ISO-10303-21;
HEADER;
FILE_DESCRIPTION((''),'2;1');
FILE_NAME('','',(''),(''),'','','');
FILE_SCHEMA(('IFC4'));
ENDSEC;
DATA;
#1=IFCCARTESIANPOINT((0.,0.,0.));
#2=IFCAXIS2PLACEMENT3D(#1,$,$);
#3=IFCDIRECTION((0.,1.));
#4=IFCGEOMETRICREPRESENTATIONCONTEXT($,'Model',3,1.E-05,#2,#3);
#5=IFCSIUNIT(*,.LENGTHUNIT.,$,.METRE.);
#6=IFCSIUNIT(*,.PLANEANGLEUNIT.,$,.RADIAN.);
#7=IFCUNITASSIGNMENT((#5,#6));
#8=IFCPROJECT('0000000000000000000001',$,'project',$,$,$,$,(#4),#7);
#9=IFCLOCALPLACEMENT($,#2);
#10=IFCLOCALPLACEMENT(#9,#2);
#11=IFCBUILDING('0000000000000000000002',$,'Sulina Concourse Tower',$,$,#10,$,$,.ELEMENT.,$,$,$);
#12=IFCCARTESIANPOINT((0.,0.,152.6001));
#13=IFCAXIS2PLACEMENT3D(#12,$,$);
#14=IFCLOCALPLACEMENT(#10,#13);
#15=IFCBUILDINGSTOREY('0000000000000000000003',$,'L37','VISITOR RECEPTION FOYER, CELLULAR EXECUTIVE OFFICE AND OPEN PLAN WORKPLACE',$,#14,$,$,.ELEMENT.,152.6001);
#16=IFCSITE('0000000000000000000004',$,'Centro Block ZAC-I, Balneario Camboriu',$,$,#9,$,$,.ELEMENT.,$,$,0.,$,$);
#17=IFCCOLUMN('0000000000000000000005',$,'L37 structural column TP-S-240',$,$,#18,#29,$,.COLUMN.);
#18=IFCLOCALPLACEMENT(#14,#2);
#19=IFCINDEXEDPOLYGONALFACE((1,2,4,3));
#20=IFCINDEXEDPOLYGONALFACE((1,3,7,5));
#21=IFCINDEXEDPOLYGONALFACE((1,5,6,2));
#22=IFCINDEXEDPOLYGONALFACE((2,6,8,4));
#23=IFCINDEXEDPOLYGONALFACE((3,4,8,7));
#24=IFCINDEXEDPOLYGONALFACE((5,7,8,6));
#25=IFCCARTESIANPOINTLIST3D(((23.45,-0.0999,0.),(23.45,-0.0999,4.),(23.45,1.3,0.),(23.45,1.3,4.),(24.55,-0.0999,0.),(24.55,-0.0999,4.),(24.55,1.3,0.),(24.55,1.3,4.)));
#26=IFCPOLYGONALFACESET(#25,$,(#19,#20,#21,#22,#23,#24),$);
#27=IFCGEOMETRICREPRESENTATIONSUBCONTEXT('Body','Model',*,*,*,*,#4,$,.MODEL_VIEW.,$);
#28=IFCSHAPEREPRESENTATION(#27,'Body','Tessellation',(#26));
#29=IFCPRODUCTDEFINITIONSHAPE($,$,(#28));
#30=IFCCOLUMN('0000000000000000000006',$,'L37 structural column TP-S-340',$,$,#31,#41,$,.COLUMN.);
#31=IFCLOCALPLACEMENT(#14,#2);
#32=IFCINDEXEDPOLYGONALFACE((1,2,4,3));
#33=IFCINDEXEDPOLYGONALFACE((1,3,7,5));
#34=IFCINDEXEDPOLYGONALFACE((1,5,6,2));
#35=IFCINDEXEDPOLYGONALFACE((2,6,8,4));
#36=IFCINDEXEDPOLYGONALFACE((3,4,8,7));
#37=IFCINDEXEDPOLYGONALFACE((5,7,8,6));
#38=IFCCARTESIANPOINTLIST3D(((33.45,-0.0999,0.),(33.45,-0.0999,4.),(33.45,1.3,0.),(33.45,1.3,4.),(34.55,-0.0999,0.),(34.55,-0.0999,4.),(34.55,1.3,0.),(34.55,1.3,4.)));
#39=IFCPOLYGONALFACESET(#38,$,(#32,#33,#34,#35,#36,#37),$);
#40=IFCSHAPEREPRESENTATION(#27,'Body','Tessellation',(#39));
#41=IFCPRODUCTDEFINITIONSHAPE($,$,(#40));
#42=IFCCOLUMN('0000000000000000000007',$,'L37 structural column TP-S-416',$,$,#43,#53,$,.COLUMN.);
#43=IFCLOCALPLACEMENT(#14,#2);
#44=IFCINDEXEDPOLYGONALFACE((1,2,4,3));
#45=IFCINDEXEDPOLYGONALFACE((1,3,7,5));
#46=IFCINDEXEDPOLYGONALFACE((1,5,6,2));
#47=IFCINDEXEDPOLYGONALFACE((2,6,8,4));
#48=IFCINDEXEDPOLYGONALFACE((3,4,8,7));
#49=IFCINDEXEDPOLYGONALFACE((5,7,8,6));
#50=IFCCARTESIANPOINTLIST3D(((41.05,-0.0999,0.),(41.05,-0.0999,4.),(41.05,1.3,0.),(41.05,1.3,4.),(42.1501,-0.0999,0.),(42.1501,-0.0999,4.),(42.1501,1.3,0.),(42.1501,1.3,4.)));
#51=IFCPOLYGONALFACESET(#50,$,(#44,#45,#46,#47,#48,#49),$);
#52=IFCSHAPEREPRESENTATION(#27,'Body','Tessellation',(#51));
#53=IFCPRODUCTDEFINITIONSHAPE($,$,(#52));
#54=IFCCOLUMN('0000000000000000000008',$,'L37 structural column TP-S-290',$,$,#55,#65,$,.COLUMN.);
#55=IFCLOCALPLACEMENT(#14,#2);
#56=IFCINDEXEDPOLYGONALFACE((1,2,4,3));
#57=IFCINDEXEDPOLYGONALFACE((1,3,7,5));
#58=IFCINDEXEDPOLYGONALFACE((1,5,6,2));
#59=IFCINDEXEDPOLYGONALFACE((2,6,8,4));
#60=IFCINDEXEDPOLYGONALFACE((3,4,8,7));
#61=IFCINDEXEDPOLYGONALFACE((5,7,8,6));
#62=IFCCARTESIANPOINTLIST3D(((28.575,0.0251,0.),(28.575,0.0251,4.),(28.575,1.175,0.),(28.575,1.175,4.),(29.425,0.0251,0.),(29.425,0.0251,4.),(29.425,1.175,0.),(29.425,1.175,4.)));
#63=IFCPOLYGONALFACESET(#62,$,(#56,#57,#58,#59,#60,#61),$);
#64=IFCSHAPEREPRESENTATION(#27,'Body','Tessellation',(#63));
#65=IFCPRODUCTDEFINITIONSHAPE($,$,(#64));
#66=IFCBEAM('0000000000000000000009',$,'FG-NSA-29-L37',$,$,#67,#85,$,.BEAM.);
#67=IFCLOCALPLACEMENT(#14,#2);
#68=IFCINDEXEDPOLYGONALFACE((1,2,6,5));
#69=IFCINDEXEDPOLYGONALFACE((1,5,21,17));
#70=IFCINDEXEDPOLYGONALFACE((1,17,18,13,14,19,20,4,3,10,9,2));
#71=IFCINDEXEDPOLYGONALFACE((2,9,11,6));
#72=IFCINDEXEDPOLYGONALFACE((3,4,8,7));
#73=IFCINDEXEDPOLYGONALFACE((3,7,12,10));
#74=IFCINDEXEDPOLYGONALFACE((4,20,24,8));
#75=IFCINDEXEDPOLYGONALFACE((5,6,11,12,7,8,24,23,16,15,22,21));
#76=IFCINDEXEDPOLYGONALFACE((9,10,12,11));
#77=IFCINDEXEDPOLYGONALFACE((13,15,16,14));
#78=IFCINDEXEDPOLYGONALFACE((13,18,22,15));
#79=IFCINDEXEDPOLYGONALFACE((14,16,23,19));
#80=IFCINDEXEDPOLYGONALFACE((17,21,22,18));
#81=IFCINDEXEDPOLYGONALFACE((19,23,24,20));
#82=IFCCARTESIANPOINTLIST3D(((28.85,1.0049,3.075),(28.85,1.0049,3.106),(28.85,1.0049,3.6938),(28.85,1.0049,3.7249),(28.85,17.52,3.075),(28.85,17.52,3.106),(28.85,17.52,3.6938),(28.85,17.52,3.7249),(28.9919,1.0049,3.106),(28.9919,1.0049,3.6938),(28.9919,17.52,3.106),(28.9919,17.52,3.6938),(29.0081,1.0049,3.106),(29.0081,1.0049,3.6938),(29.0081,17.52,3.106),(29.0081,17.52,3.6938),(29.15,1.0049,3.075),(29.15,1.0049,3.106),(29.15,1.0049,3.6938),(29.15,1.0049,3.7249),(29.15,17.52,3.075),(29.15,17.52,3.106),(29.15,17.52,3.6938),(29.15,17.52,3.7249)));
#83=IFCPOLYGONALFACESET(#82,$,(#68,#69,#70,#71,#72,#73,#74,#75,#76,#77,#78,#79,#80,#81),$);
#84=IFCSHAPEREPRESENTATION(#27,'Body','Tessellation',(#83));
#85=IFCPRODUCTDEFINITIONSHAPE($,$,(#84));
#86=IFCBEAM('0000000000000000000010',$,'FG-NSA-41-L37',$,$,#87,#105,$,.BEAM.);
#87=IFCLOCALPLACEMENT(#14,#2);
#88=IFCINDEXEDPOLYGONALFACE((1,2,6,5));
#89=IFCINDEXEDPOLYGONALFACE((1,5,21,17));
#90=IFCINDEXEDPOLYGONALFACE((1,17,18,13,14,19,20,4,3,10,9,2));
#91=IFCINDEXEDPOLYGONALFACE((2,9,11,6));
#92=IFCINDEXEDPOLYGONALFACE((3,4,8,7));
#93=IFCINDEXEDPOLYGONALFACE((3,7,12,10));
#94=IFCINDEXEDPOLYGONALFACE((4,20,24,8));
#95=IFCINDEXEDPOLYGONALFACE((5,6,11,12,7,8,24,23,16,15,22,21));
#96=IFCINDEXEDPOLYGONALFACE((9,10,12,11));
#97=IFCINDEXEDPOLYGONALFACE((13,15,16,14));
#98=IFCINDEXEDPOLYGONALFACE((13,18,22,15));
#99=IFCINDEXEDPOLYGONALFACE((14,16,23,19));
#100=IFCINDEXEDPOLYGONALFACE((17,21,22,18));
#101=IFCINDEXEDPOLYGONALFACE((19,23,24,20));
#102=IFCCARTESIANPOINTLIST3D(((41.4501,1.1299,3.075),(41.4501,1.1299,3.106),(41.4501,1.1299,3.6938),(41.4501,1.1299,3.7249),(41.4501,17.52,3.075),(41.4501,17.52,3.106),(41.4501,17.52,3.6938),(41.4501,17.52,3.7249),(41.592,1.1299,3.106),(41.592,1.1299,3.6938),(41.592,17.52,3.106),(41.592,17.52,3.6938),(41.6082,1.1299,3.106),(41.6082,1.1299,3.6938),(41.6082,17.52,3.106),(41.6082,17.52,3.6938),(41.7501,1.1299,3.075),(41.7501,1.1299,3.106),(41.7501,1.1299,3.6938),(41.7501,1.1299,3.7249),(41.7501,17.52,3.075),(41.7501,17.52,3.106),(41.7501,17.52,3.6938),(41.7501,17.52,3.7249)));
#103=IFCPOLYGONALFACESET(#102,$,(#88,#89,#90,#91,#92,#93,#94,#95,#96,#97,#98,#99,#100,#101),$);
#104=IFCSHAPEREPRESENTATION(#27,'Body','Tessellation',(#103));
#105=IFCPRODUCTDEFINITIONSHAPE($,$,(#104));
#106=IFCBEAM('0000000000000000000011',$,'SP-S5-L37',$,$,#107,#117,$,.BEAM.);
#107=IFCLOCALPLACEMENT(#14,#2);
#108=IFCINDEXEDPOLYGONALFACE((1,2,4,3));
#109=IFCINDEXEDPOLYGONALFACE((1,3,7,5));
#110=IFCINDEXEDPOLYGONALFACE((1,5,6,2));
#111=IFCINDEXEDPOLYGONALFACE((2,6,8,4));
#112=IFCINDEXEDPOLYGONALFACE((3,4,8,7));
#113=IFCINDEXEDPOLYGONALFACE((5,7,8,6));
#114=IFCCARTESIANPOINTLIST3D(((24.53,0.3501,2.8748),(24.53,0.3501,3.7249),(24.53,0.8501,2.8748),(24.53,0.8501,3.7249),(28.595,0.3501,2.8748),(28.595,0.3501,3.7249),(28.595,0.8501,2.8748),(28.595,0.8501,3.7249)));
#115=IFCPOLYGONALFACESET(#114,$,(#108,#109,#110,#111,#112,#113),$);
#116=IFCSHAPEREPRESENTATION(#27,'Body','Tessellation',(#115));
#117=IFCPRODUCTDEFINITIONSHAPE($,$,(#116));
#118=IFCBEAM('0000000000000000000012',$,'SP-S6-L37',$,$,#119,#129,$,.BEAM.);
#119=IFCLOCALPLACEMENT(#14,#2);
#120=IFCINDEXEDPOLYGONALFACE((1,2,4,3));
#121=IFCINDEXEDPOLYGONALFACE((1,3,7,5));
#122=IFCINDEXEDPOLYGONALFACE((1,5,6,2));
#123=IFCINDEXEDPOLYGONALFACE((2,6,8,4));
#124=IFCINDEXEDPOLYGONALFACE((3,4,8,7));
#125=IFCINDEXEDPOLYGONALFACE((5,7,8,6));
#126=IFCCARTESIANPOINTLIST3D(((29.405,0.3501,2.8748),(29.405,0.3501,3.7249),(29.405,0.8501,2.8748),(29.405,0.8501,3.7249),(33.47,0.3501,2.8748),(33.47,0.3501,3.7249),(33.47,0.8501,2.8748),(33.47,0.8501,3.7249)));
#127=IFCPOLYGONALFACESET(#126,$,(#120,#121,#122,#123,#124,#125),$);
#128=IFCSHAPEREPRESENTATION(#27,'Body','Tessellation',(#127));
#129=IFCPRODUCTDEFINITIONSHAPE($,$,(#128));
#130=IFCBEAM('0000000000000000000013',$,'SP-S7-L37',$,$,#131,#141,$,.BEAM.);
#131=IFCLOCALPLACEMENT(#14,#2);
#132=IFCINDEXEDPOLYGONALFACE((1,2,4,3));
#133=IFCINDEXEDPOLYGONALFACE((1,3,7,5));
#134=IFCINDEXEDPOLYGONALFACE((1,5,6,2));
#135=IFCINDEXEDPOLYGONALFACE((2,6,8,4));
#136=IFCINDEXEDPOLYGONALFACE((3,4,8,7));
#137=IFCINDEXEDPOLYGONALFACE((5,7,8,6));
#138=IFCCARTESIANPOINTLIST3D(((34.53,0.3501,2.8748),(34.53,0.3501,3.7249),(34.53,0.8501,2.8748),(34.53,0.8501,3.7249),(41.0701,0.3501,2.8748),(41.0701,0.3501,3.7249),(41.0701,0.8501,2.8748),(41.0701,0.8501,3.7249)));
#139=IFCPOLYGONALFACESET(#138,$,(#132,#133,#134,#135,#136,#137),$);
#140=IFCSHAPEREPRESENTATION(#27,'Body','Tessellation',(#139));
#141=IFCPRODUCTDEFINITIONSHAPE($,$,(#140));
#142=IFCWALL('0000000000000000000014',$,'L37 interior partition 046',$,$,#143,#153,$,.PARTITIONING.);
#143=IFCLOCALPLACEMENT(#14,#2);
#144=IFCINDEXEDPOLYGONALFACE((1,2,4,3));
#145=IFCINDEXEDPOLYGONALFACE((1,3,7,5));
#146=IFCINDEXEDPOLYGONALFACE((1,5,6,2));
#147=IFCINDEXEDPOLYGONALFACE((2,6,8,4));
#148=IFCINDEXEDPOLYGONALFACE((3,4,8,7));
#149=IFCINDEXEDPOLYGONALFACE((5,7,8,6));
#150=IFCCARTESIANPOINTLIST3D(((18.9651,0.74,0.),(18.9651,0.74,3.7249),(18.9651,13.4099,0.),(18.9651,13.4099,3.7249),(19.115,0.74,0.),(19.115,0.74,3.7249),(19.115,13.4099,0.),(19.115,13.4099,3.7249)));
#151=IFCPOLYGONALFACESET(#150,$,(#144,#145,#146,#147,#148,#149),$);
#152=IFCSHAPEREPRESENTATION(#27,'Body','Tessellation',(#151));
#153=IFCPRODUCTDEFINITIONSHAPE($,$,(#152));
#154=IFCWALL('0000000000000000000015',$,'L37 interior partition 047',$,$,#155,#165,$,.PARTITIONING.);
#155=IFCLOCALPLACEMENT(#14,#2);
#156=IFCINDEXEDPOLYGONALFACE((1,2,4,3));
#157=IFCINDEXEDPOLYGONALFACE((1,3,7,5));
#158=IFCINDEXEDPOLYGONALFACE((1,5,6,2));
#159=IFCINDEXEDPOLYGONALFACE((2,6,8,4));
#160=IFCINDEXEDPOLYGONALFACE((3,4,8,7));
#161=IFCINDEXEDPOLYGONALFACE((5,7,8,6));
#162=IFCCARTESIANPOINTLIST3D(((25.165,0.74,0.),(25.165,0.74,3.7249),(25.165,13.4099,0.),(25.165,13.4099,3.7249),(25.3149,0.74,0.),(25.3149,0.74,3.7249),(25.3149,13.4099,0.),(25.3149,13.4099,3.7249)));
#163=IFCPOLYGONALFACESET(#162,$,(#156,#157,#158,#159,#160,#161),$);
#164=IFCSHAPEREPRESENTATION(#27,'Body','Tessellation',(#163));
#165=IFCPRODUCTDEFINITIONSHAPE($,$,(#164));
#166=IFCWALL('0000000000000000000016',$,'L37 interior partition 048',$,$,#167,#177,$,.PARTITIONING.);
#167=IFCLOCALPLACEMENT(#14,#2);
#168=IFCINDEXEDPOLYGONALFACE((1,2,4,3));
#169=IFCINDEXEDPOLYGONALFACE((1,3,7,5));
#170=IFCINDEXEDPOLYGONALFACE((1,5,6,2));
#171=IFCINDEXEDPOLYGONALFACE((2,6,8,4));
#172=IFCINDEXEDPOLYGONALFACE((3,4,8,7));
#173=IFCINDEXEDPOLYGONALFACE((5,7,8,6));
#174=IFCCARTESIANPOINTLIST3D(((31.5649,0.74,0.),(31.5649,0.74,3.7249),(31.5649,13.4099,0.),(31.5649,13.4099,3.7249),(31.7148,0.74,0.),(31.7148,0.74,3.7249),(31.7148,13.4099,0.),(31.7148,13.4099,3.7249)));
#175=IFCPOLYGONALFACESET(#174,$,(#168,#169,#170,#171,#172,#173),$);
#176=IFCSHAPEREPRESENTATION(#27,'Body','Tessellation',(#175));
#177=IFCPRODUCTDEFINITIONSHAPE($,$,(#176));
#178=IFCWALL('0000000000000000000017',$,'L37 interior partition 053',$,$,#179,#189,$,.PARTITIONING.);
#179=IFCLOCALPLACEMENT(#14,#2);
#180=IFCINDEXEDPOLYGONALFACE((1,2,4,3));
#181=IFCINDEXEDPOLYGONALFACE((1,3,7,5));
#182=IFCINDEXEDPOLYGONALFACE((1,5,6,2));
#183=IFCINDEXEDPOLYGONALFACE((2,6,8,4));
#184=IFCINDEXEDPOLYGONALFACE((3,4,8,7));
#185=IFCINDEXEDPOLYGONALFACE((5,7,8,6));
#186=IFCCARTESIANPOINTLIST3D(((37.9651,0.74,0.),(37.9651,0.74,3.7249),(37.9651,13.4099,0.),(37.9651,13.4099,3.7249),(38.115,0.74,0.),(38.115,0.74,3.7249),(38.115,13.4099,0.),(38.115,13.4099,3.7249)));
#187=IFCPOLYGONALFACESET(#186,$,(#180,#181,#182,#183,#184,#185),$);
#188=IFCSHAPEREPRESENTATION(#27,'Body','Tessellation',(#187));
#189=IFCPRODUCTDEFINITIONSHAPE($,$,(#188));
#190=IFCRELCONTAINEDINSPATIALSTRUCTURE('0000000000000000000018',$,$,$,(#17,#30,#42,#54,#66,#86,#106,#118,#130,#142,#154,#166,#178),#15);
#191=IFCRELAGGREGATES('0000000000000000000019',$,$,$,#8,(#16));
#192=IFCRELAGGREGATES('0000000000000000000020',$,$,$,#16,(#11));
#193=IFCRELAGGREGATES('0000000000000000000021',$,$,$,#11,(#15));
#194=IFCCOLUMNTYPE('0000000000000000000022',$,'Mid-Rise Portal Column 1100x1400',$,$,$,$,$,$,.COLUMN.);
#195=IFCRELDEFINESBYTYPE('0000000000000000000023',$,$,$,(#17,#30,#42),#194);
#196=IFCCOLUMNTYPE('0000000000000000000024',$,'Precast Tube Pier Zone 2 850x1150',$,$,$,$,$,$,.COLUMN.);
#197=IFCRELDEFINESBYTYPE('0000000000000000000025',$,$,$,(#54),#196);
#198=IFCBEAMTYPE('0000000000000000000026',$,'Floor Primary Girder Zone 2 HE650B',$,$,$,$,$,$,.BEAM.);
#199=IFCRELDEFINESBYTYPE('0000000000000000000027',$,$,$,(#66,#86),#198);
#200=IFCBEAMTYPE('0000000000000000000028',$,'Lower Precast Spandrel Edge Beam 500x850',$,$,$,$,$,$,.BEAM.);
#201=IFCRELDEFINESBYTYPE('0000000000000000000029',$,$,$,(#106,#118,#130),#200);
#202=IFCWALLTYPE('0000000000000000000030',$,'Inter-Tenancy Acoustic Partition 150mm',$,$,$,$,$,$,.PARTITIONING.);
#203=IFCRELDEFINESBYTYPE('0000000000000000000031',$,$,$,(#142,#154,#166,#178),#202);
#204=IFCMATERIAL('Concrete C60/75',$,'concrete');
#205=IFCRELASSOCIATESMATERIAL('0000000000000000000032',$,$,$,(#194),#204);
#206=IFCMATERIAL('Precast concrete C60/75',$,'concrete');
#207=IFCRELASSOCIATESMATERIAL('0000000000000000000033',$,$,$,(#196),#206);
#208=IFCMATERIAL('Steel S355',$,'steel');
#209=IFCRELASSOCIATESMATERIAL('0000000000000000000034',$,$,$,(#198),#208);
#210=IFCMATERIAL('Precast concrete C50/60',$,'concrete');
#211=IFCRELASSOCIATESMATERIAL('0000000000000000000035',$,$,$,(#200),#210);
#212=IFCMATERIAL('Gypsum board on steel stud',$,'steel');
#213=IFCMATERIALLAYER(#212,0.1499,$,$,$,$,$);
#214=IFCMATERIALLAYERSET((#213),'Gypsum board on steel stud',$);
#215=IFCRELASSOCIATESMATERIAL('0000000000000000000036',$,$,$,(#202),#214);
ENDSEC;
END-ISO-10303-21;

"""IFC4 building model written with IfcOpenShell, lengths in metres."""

from ifc_helpers import new_model, si_unit, direction, frame, frame_2d, origin, origin_2d, place, context, subcontext, project, spatial, rectangle, i_section, extrude, material, layer, layer_set, material_profile, profile_set, type_object, element, save


model = new_model("IFC4")

# Units and contexts
model_context = context("Model", 3, precision=1e-05, world=origin(), true_north=direction((0.0, 1.0)))
body_context = subcontext(model_context, "Body", "Model", "MODEL_VIEW")
ifc_project = project(units=[si_unit("LENGTHUNIT", "METRE"), si_unit("PLANEANGLEUNIT", "RADIAN")], contexts=[model_context])

# Site, building, storey
site_placement = place(None, origin())
site = spatial("IfcSite", under=ifc_project, at=site_placement, Name="Centro Block ZAC-I, Balneario Camboriu", CompositionType="ELEMENT", RefElevation=0.0)
building_placement = place(site_placement, origin())
building = spatial("IfcBuilding", under=site, at=building_placement, Name="Sulina Concourse Tower", CompositionType="ELEMENT")
storey_placement = place(building_placement, frame((0.0, 0.0, 152.6001)))
storey = spatial("IfcBuildingStorey", under=building, at=storey_placement, Name="L37", Description="VISITOR RECEPTION FOYER, CELLULAR EXECUTIVE OFFICE AND OPEN PLAN WORKPLACE", CompositionType="ELEMENT", Elevation=152.6001)

# Columns
ifc_material_1 = material(Name="Concrete C60/75", Category="concrete")
ifc_material_profile_1 = material_profile(ifc_material_1, rectangle(XDim=1.1001, YDim=1.3999, at=origin_2d()), Name="RC 1100x1400")
ifc_profile_set_1 = profile_set([ifc_material_profile_1], Name="Concrete C60/75")
column_type_1 = type_object("IfcColumnType", Name="Mid-Rise Portal Column 1100x1400", PredefinedType="COLUMN", material=ifc_profile_set_1)
for number, where, z_axis, x_axis, name in (
    (1, (24.0, 0.6001, 0.0), (0.0, 0.0, 1.0), (1.0, 0.0, 0.0), "L37 structural column TP-S-240"),
    (2, (34.0, 0.6001, 0.0), (0.0, 0.0, 1.0), (1.0, 0.0, 0.0), "L37 structural column TP-S-340"),
    (3, (41.6001, 0.6001, 0.0), (0.0, 0.0, 1.0), (1.0, 0.0, 0.0), "L37 structural column TP-S-416"),
):
    element("IfcColumn", number, at=place(storey_placement, frame(where, z_axis=z_axis, x_axis=x_axis)), inside=storey, type_object=column_type_1, Name=name, PredefinedType="COLUMN", context=body_context, shape_type="SweptSolid", body=[
        extrude(rectangle(XDim=1.1001, YDim=1.3999, at=origin_2d()), origin(), (0.0, 0.0, 1.0), 4.0),
    ])
ifc_material_2 = material(Name="Precast concrete C60/75", Category="concrete")
ifc_material_profile_2 = material_profile(ifc_material_2, rectangle(XDim=0.8501, YDim=1.1499, at=origin_2d()), Name="PC 850x1150")
ifc_profile_set_2 = profile_set([ifc_material_profile_2], Name="Precast concrete C60/75")
column_type_2 = type_object("IfcColumnType", Name="Precast Tube Pier Zone 2 850x1150", PredefinedType="COLUMN", material=ifc_profile_set_2)
column_placement = place(storey_placement, frame((29.0, 0.6001, 0.0), z_axis=(0.0, 0.0, 1.0), x_axis=(1.0, 0.0, 0.0)))
element("IfcColumn", 4, at=column_placement, inside=storey, type_object=column_type_2, Name="L37 structural column TP-S-290", PredefinedType="COLUMN", context=body_context, shape_type="SweptSolid", body=[
    extrude(rectangle(XDim=0.8501, YDim=1.1499, at=origin_2d()), origin(), (0.0, 0.0, 1.0), 4.0),
])

# Beams
ifc_material_3 = material(Name="Steel S355", Category="steel")
ifc_material_profile_3 = material_profile(ifc_material_3, i_section(OverallWidth=0.3, OverallDepth=0.6499, WebThickness=0.0161, FlangeThickness=0.031, at=origin_2d()), Name="HE 650 B")
ifc_profile_set_3 = profile_set([ifc_material_profile_3], Name="Steel S355")
beam_type_1 = type_object("IfcBeamType", Name="Floor Primary Girder Zone 2 HE650B", PredefinedType="BEAM", material=ifc_profile_set_3)
beam_1_placement = place(storey_placement, frame((29.0, 1.0049, 3.3999), z_axis=(0.0, 1.0, 0.0), x_axis=(-1.0, 0.0, 0.0)))
element("IfcBeam", 5, at=beam_1_placement, inside=storey, type_object=beam_type_1, Name="FG-NSA-29-L37", PredefinedType="BEAM", context=body_context, shape_type="SweptSolid", body=[
    extrude(i_section(OverallWidth=0.3, OverallDepth=0.6499, WebThickness=0.0161, FlangeThickness=0.031, at=origin_2d()), origin(), (0.0, 0.0, 1.0), 16.5151),
])
beam_2_placement = place(storey_placement, frame((41.6001, 1.1299, 3.3999), z_axis=(0.0, 1.0, 0.0), x_axis=(-1.0, 0.0, 0.0)))
element("IfcBeam", 6, at=beam_2_placement, inside=storey, type_object=beam_type_1, Name="FG-NSA-41-L37", PredefinedType="BEAM", context=body_context, shape_type="SweptSolid", body=[
    extrude(i_section(OverallWidth=0.3, OverallDepth=0.6499, WebThickness=0.0161, FlangeThickness=0.031, at=origin_2d()), origin(), (0.0, 0.0, 1.0), 16.3901),
])
ifc_material_4 = material(Name="Precast concrete C50/60", Category="concrete")
ifc_material_profile_4 = material_profile(ifc_material_4, rectangle(XDim=0.5, YDim=0.8501, at=origin_2d()), Name="RC 500x850")
ifc_profile_set_4 = profile_set([ifc_material_profile_4], Name="Precast concrete C50/60")
beam_type_2 = type_object("IfcBeamType", Name="Lower Precast Spandrel Edge Beam 500x850", PredefinedType="BEAM", material=ifc_profile_set_4)
for number, where, z_axis, x_axis, name in (
    (7, (24.53, 0.6001, 3.2998), (1.0, 0.0, 0.0), (0.0, 1.0, 0.0), "SP-S5-L37"),
    (8, (29.405, 0.6001, 3.2998), (1.0, 0.0, 0.0), (0.0, 1.0, 0.0), "SP-S6-L37"),
):
    element("IfcBeam", number, at=place(storey_placement, frame(where, z_axis=z_axis, x_axis=x_axis)), inside=storey, type_object=beam_type_2, Name=name, PredefinedType="BEAM", context=body_context, shape_type="SweptSolid", body=[
        extrude(rectangle(XDim=0.5, YDim=0.8501, at=origin_2d()), origin(), (0.0, 0.0, 1.0), 4.0649),
    ])
beam_3_placement = place(storey_placement, frame((34.53, 0.6001, 3.2998), z_axis=(1.0, 0.0, 0.0), x_axis=(0.0, 1.0, 0.0)))
element("IfcBeam", 9, at=beam_3_placement, inside=storey, type_object=beam_type_2, Name="SP-S7-L37", PredefinedType="BEAM", context=body_context, shape_type="SweptSolid", body=[
    extrude(rectangle(XDim=0.5, YDim=0.8501, at=origin_2d()), origin(), (0.0, 0.0, 1.0), 6.54),
])

# Walls
ifc_material_5 = material(Name="Gypsum board on steel stud", Category="steel")
ifc_layer_1 = layer(ifc_material_5, 0.1499)
ifc_layer_set_1 = layer_set([ifc_layer_1], Name="Gypsum board on steel stud")
wall_type_1 = type_object("IfcWallType", Name="Inter-Tenancy Acoustic Partition 150mm", PredefinedType="PARTITIONING", material=ifc_layer_set_1)
for number, where, z_axis, x_axis, name in (
    (10, (19.04, 0.74, 0.0), (0.0, 0.0, 1.0), (0.0, 1.0, 0.0), "L37 interior partition 046"),
    (11, (25.24, 0.74, 0.0), (0.0, 0.0, 1.0), (0.0, 1.0, 0.0), "L37 interior partition 047"),
    (12, (31.6399, 0.74, 0.0), (0.0, 0.0, 1.0), (0.0, 1.0, 0.0), "L37 interior partition 048"),
    (13, (38.04, 0.74, 0.0), (0.0, 0.0, 1.0), (0.0, 1.0, 0.0), "L37 interior partition 053"),
):
    element("IfcWall", number, at=place(storey_placement, frame(where, z_axis=z_axis, x_axis=x_axis)), inside=storey, type_object=wall_type_1, Name=name, PredefinedType="PARTITIONING", context=body_context, shape_type="SweptSolid", body=[
        extrude(rectangle(XDim=12.6699, YDim=0.1499, at=frame_2d((6.335, 0.0))), origin(), (0.0, 0.0, 1.0), 3.7249),
    ])

save(model, "model.ifc")
